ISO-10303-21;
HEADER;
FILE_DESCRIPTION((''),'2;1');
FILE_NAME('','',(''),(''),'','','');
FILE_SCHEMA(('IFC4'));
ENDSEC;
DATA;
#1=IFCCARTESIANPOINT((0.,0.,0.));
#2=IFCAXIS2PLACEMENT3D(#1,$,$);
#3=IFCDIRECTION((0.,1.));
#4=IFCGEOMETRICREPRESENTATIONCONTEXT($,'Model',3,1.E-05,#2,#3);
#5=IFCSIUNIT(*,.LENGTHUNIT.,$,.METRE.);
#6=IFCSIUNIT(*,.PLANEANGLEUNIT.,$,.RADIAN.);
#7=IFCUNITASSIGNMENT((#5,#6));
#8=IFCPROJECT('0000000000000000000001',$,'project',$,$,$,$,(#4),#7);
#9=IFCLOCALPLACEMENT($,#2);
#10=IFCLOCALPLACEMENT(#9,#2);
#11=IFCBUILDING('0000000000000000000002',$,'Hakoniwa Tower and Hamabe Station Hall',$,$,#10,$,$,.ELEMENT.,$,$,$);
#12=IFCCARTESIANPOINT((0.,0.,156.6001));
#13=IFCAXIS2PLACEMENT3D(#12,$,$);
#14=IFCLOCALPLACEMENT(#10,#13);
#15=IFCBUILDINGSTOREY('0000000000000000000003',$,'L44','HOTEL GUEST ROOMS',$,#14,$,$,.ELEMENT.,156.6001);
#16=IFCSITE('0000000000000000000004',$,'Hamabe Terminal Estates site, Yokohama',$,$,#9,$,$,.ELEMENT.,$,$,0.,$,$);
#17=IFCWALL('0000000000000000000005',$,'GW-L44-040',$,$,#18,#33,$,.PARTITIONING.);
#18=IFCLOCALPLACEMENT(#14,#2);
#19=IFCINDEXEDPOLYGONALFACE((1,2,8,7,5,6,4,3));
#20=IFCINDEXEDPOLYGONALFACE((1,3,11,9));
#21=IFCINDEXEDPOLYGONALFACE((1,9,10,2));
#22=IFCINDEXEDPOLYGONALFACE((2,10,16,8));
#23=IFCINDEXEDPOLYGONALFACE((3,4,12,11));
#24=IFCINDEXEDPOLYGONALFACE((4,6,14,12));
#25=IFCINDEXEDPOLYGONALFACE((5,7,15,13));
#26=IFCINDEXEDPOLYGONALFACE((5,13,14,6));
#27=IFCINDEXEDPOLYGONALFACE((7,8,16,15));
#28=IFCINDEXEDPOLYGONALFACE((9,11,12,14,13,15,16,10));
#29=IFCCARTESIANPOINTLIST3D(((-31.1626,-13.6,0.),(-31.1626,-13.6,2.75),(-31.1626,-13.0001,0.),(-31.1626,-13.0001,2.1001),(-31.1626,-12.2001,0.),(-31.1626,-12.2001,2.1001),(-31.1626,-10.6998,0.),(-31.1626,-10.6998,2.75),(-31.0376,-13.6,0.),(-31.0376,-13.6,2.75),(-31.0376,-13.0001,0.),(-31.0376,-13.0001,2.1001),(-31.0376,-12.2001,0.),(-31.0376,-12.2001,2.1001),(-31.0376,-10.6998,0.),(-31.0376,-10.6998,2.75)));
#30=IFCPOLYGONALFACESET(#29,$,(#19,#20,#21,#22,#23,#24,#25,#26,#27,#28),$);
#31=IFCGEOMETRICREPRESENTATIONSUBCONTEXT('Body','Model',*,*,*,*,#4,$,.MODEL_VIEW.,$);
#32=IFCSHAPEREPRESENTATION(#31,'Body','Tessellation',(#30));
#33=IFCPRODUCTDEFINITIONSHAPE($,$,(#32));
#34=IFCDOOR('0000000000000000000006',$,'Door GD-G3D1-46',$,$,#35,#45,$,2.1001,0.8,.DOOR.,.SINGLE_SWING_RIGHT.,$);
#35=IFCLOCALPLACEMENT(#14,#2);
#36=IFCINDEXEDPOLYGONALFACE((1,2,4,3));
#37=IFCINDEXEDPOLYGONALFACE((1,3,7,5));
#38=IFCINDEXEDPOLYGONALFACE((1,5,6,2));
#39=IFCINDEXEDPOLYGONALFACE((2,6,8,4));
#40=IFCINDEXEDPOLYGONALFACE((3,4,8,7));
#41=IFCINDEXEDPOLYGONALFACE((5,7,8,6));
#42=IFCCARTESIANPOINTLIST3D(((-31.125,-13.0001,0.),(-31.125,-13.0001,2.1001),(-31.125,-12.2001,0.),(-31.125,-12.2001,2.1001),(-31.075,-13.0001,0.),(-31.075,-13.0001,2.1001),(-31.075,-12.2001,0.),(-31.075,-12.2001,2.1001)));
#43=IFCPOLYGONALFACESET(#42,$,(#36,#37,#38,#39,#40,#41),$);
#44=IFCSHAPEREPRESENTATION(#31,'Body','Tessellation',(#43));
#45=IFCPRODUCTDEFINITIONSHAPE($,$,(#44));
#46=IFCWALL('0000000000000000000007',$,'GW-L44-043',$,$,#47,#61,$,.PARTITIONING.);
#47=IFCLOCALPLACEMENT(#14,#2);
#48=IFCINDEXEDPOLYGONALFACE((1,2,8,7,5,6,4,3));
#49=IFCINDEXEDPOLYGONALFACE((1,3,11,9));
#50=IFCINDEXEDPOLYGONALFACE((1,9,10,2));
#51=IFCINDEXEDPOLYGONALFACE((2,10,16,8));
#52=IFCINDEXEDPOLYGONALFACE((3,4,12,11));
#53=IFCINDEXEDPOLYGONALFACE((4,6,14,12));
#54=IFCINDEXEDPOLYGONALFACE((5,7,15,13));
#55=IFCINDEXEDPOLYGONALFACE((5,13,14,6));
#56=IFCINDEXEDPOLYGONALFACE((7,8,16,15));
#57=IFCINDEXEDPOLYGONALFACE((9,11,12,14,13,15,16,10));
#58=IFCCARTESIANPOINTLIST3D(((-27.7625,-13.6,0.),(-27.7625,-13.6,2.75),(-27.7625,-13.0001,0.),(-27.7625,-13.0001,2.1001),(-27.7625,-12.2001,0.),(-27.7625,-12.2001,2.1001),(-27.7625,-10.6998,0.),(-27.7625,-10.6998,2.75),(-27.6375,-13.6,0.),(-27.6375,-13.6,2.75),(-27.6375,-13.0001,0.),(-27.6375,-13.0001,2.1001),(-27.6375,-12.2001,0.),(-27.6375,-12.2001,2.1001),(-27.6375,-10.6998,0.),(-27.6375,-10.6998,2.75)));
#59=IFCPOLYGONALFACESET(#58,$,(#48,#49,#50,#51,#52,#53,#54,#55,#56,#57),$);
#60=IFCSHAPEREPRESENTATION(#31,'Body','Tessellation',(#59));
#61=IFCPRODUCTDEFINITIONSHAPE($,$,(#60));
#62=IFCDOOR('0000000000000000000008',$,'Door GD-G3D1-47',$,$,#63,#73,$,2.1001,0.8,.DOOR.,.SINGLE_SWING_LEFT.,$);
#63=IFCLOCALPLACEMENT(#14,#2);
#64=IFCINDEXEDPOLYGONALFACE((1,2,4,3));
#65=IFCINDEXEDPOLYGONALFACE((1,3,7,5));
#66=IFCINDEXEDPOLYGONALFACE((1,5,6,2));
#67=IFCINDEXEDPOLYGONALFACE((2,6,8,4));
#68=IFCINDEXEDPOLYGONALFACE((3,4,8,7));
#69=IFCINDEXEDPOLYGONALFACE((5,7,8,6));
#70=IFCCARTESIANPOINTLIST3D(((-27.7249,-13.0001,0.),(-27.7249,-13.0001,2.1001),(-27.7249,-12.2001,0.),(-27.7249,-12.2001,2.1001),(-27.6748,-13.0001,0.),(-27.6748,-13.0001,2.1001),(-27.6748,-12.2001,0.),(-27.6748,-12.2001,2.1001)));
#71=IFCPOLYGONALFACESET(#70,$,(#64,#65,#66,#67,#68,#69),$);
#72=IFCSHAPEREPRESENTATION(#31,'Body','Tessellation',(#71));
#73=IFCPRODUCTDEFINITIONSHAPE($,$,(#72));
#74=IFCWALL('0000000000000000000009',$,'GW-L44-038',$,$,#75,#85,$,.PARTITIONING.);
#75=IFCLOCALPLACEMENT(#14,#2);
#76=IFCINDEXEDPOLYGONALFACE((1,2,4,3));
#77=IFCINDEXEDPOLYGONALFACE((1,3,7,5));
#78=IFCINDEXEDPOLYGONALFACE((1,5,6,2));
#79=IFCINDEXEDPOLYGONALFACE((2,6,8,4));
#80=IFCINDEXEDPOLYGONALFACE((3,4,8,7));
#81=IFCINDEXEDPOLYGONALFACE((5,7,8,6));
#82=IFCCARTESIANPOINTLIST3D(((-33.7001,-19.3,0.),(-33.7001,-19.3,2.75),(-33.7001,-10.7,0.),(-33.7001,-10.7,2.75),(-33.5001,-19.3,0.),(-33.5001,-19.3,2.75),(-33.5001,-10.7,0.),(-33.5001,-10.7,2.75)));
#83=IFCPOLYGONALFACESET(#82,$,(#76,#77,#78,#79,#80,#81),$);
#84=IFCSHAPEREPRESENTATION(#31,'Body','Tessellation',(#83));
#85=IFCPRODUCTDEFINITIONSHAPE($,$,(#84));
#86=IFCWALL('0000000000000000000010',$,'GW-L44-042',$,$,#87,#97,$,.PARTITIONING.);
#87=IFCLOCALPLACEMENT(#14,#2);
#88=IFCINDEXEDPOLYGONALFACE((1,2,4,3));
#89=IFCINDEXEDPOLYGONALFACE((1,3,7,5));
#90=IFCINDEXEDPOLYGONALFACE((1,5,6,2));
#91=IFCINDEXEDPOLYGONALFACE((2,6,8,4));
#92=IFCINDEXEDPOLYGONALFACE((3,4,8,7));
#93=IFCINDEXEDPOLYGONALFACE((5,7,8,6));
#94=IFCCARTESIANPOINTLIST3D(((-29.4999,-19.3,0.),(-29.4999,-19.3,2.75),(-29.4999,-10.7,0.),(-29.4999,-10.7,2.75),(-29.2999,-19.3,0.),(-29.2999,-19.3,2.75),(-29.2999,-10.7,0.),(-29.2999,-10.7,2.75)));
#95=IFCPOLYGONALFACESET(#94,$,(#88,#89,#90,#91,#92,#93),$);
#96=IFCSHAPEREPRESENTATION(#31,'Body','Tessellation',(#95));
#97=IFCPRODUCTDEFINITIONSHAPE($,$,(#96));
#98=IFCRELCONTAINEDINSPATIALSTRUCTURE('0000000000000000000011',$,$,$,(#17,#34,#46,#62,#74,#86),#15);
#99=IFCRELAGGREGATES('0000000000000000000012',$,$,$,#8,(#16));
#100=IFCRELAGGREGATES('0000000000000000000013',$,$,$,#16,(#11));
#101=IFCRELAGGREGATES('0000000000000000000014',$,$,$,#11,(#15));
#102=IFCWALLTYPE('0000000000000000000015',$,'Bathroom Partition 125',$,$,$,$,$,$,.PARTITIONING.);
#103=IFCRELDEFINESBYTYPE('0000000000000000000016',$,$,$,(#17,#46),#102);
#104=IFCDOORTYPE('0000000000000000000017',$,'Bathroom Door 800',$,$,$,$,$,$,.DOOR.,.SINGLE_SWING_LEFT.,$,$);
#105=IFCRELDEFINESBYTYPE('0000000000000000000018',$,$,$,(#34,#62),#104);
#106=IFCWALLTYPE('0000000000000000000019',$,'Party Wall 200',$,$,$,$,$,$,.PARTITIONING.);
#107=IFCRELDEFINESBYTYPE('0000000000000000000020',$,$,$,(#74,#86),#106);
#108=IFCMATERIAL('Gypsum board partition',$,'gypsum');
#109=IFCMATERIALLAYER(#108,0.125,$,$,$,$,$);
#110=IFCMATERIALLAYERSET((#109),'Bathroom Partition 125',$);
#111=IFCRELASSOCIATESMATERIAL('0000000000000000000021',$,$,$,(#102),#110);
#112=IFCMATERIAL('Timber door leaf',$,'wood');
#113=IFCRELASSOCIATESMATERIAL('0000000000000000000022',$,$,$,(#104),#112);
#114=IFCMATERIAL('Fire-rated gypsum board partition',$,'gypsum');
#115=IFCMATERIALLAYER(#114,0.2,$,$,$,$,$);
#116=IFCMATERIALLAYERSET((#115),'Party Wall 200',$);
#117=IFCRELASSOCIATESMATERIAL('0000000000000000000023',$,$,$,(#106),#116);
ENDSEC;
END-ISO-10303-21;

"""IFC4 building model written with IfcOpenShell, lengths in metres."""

from ifc_helpers import new_model, si_unit, direction, frame, frame_2d, origin, place, context, subcontext, project, spatial, rectangle, extrude, material, layer, layer_set, type_object, element, fill, save


model = new_model("IFC4")

# Units and contexts
model_context = context("Model", 3, precision=1e-05, world=origin(), true_north=direction((0.0, 1.0)))
body_context = subcontext(model_context, "Body", "Model", "MODEL_VIEW")
ifc_project = project(units=[si_unit("LENGTHUNIT", "METRE"), si_unit("PLANEANGLEUNIT", "RADIAN")], contexts=[model_context])

# Site, building, storey
site_placement = place(None, origin())
site = spatial("IfcSite", under=ifc_project, at=site_placement, Name="Hamabe Terminal Estates site, Yokohama", CompositionType="ELEMENT", RefElevation=0.0)
building_placement = place(site_placement, origin())
building = spatial("IfcBuilding", under=site, at=building_placement, Name="Hakoniwa Tower and Hamabe Station Hall", CompositionType="ELEMENT")
storey_placement = place(building_placement, frame((0.0, 0.0, 156.6001)))
storey = spatial("IfcBuildingStorey", under=building, at=storey_placement, Name="L44", Description="HOTEL GUEST ROOMS", CompositionType="ELEMENT", Elevation=156.6001)

# Shared definitions
ifc_material_1 = material(Name="Gypsum board partition", Category="gypsum")
ifc_layer_1 = layer(ifc_material_1, 0.125)
ifc_layer_set_1 = layer_set([ifc_layer_1], Name="Bathroom Partition 125")
wall_type_1 = type_object("IfcWallType", Name="Bathroom Partition 125", PredefinedType="PARTITIONING", material=ifc_layer_set_1)
ifc_material_2 = material(Name="Timber door leaf", Category="wood")
door_type = type_object("IfcDoorType", Name="Bathroom Door 800", OperationType="SINGLE_SWING_LEFT", PredefinedType="DOOR", material=ifc_material_2)

# Walls, openings, doors
wall_1_placement = place(storey_placement, frame((-31.1001, -13.6001, 0.0), z_axis=(0.0, 0.0, 1.0), x_axis=(0.0, 1.0, 0.0)))
wall_1 = element("IfcWall", 1, at=wall_1_placement, inside=storey, type_object=wall_type_1, Name="GW-L44-040", PredefinedType="PARTITIONING", context=body_context, shape_type="SweptSolid", body=[
    extrude(rectangle(XDim=2.9001, YDim=0.125, at=frame_2d((1.4502, 0.0))), origin(), (0.0, 0.0, 1.0), 2.75),
])
opening_1_placement = place(wall_1_placement, frame((0.6001, 0.0, 0.0)))
opening_1 = element("IfcOpeningElement", 2, at=opening_1_placement, cuts=wall_1, PredefinedType="OPENING", context=body_context, shape_type="SweptSolid", body=[
    extrude(rectangle(XDim=0.8, YDim=2.1001, at=frame_2d((0.3999, 1.05))), frame((0.0, 0.0725, 0.0), z_axis=(0.0, -1.0, 0.0), x_axis=(1.0, 0.0, 0.0)), (0.0, 0.0, 1.0), 0.145),
])
door_1_placement = place(opening_1_placement, origin())
door_1 = element("IfcDoor", 3, at=door_1_placement, inside=storey, type_object=door_type, Name="Door GD-G3D1-46", OperationType="SINGLE_SWING_RIGHT", OverallHeight=2.1001, OverallWidth=0.8, PredefinedType="DOOR", context=body_context, shape_type="SweptSolid", body=[
    extrude(rectangle(XDim=0.8, YDim=2.1001, at=frame_2d((0.3999, 1.05))), frame((0.0, 0.0249, 0.0), z_axis=(0.0, -1.0, 0.0), x_axis=(1.0, 0.0, 0.0)), (0.0, 0.0, 1.0), 0.05),
])
fill(opening_1, door_1)
wall_2_placement = place(storey_placement, frame((-27.7, -13.6001, 0.0), z_axis=(0.0, 0.0, 1.0), x_axis=(0.0, 1.0, 0.0)))
wall_2 = element("IfcWall", 4, at=wall_2_placement, inside=storey, type_object=wall_type_1, Name="GW-L44-043", PredefinedType="PARTITIONING", context=body_context, shape_type="SweptSolid", body=[
    extrude(rectangle(XDim=2.9001, YDim=0.125, at=frame_2d((1.4502, 0.0))), origin(), (0.0, 0.0, 1.0), 2.75),
])
opening_2_placement = place(wall_2_placement, frame((0.6001, 0.0, 0.0)))
opening_2 = element("IfcOpeningElement", 5, at=opening_2_placement, cuts=wall_2, PredefinedType="OPENING", context=body_context, shape_type="SweptSolid", body=[
    extrude(rectangle(XDim=0.8, YDim=2.1001, at=frame_2d((0.3999, 1.05))), frame((0.0, 0.0725, 0.0), z_axis=(0.0, -1.0, 0.0), x_axis=(1.0, 0.0, 0.0)), (0.0, 0.0, 1.0), 0.145),
])
door_2_placement = place(opening_2_placement, origin())
door_2 = element("IfcDoor", 6, at=door_2_placement, inside=storey, type_object=door_type, Name="Door GD-G3D1-47", OperationType="SINGLE_SWING_LEFT", OverallHeight=2.1001, OverallWidth=0.8, PredefinedType="DOOR", context=body_context, shape_type="SweptSolid", body=[
    extrude(rectangle(XDim=0.8, YDim=2.1001, at=frame_2d((0.3999, 1.05))), frame((0.0, 0.0249, 0.0), z_axis=(0.0, -1.0, 0.0), x_axis=(1.0, 0.0, 0.0)), (0.0, 0.0, 1.0), 0.05),
])
fill(opening_2, door_2)

# Walls
ifc_material_3 = material(Name="Fire-rated gypsum board partition", Category="gypsum")
ifc_layer_2 = layer(ifc_material_3, 0.2)
ifc_layer_set_2 = layer_set([ifc_layer_2], Name="Party Wall 200")
wall_type_2 = type_object("IfcWallType", Name="Party Wall 200", PredefinedType="PARTITIONING", material=ifc_layer_set_2)
for number, where, z_axis, x_axis, name in (
    (7, (-33.6001, -19.3, 0.0), (0.0, 0.0, 1.0), (0.0, 1.0, 0.0), "GW-L44-038"),
    (8, (-29.3999, -19.3, 0.0), (0.0, 0.0, 1.0), (0.0, 1.0, 0.0), "GW-L44-042"),
):
    element("IfcWall", number, at=place(storey_placement, frame(where, z_axis=z_axis, x_axis=x_axis)), inside=storey, type_object=wall_type_2, Name=name, PredefinedType="PARTITIONING", context=body_context, shape_type="SweptSolid", body=[
        extrude(rectangle(XDim=8.6001, YDim=0.2, at=frame_2d((4.3, 0.0))), origin(), (0.0, 0.0, 1.0), 2.75),
    ])

save(model, "model.ifc")
